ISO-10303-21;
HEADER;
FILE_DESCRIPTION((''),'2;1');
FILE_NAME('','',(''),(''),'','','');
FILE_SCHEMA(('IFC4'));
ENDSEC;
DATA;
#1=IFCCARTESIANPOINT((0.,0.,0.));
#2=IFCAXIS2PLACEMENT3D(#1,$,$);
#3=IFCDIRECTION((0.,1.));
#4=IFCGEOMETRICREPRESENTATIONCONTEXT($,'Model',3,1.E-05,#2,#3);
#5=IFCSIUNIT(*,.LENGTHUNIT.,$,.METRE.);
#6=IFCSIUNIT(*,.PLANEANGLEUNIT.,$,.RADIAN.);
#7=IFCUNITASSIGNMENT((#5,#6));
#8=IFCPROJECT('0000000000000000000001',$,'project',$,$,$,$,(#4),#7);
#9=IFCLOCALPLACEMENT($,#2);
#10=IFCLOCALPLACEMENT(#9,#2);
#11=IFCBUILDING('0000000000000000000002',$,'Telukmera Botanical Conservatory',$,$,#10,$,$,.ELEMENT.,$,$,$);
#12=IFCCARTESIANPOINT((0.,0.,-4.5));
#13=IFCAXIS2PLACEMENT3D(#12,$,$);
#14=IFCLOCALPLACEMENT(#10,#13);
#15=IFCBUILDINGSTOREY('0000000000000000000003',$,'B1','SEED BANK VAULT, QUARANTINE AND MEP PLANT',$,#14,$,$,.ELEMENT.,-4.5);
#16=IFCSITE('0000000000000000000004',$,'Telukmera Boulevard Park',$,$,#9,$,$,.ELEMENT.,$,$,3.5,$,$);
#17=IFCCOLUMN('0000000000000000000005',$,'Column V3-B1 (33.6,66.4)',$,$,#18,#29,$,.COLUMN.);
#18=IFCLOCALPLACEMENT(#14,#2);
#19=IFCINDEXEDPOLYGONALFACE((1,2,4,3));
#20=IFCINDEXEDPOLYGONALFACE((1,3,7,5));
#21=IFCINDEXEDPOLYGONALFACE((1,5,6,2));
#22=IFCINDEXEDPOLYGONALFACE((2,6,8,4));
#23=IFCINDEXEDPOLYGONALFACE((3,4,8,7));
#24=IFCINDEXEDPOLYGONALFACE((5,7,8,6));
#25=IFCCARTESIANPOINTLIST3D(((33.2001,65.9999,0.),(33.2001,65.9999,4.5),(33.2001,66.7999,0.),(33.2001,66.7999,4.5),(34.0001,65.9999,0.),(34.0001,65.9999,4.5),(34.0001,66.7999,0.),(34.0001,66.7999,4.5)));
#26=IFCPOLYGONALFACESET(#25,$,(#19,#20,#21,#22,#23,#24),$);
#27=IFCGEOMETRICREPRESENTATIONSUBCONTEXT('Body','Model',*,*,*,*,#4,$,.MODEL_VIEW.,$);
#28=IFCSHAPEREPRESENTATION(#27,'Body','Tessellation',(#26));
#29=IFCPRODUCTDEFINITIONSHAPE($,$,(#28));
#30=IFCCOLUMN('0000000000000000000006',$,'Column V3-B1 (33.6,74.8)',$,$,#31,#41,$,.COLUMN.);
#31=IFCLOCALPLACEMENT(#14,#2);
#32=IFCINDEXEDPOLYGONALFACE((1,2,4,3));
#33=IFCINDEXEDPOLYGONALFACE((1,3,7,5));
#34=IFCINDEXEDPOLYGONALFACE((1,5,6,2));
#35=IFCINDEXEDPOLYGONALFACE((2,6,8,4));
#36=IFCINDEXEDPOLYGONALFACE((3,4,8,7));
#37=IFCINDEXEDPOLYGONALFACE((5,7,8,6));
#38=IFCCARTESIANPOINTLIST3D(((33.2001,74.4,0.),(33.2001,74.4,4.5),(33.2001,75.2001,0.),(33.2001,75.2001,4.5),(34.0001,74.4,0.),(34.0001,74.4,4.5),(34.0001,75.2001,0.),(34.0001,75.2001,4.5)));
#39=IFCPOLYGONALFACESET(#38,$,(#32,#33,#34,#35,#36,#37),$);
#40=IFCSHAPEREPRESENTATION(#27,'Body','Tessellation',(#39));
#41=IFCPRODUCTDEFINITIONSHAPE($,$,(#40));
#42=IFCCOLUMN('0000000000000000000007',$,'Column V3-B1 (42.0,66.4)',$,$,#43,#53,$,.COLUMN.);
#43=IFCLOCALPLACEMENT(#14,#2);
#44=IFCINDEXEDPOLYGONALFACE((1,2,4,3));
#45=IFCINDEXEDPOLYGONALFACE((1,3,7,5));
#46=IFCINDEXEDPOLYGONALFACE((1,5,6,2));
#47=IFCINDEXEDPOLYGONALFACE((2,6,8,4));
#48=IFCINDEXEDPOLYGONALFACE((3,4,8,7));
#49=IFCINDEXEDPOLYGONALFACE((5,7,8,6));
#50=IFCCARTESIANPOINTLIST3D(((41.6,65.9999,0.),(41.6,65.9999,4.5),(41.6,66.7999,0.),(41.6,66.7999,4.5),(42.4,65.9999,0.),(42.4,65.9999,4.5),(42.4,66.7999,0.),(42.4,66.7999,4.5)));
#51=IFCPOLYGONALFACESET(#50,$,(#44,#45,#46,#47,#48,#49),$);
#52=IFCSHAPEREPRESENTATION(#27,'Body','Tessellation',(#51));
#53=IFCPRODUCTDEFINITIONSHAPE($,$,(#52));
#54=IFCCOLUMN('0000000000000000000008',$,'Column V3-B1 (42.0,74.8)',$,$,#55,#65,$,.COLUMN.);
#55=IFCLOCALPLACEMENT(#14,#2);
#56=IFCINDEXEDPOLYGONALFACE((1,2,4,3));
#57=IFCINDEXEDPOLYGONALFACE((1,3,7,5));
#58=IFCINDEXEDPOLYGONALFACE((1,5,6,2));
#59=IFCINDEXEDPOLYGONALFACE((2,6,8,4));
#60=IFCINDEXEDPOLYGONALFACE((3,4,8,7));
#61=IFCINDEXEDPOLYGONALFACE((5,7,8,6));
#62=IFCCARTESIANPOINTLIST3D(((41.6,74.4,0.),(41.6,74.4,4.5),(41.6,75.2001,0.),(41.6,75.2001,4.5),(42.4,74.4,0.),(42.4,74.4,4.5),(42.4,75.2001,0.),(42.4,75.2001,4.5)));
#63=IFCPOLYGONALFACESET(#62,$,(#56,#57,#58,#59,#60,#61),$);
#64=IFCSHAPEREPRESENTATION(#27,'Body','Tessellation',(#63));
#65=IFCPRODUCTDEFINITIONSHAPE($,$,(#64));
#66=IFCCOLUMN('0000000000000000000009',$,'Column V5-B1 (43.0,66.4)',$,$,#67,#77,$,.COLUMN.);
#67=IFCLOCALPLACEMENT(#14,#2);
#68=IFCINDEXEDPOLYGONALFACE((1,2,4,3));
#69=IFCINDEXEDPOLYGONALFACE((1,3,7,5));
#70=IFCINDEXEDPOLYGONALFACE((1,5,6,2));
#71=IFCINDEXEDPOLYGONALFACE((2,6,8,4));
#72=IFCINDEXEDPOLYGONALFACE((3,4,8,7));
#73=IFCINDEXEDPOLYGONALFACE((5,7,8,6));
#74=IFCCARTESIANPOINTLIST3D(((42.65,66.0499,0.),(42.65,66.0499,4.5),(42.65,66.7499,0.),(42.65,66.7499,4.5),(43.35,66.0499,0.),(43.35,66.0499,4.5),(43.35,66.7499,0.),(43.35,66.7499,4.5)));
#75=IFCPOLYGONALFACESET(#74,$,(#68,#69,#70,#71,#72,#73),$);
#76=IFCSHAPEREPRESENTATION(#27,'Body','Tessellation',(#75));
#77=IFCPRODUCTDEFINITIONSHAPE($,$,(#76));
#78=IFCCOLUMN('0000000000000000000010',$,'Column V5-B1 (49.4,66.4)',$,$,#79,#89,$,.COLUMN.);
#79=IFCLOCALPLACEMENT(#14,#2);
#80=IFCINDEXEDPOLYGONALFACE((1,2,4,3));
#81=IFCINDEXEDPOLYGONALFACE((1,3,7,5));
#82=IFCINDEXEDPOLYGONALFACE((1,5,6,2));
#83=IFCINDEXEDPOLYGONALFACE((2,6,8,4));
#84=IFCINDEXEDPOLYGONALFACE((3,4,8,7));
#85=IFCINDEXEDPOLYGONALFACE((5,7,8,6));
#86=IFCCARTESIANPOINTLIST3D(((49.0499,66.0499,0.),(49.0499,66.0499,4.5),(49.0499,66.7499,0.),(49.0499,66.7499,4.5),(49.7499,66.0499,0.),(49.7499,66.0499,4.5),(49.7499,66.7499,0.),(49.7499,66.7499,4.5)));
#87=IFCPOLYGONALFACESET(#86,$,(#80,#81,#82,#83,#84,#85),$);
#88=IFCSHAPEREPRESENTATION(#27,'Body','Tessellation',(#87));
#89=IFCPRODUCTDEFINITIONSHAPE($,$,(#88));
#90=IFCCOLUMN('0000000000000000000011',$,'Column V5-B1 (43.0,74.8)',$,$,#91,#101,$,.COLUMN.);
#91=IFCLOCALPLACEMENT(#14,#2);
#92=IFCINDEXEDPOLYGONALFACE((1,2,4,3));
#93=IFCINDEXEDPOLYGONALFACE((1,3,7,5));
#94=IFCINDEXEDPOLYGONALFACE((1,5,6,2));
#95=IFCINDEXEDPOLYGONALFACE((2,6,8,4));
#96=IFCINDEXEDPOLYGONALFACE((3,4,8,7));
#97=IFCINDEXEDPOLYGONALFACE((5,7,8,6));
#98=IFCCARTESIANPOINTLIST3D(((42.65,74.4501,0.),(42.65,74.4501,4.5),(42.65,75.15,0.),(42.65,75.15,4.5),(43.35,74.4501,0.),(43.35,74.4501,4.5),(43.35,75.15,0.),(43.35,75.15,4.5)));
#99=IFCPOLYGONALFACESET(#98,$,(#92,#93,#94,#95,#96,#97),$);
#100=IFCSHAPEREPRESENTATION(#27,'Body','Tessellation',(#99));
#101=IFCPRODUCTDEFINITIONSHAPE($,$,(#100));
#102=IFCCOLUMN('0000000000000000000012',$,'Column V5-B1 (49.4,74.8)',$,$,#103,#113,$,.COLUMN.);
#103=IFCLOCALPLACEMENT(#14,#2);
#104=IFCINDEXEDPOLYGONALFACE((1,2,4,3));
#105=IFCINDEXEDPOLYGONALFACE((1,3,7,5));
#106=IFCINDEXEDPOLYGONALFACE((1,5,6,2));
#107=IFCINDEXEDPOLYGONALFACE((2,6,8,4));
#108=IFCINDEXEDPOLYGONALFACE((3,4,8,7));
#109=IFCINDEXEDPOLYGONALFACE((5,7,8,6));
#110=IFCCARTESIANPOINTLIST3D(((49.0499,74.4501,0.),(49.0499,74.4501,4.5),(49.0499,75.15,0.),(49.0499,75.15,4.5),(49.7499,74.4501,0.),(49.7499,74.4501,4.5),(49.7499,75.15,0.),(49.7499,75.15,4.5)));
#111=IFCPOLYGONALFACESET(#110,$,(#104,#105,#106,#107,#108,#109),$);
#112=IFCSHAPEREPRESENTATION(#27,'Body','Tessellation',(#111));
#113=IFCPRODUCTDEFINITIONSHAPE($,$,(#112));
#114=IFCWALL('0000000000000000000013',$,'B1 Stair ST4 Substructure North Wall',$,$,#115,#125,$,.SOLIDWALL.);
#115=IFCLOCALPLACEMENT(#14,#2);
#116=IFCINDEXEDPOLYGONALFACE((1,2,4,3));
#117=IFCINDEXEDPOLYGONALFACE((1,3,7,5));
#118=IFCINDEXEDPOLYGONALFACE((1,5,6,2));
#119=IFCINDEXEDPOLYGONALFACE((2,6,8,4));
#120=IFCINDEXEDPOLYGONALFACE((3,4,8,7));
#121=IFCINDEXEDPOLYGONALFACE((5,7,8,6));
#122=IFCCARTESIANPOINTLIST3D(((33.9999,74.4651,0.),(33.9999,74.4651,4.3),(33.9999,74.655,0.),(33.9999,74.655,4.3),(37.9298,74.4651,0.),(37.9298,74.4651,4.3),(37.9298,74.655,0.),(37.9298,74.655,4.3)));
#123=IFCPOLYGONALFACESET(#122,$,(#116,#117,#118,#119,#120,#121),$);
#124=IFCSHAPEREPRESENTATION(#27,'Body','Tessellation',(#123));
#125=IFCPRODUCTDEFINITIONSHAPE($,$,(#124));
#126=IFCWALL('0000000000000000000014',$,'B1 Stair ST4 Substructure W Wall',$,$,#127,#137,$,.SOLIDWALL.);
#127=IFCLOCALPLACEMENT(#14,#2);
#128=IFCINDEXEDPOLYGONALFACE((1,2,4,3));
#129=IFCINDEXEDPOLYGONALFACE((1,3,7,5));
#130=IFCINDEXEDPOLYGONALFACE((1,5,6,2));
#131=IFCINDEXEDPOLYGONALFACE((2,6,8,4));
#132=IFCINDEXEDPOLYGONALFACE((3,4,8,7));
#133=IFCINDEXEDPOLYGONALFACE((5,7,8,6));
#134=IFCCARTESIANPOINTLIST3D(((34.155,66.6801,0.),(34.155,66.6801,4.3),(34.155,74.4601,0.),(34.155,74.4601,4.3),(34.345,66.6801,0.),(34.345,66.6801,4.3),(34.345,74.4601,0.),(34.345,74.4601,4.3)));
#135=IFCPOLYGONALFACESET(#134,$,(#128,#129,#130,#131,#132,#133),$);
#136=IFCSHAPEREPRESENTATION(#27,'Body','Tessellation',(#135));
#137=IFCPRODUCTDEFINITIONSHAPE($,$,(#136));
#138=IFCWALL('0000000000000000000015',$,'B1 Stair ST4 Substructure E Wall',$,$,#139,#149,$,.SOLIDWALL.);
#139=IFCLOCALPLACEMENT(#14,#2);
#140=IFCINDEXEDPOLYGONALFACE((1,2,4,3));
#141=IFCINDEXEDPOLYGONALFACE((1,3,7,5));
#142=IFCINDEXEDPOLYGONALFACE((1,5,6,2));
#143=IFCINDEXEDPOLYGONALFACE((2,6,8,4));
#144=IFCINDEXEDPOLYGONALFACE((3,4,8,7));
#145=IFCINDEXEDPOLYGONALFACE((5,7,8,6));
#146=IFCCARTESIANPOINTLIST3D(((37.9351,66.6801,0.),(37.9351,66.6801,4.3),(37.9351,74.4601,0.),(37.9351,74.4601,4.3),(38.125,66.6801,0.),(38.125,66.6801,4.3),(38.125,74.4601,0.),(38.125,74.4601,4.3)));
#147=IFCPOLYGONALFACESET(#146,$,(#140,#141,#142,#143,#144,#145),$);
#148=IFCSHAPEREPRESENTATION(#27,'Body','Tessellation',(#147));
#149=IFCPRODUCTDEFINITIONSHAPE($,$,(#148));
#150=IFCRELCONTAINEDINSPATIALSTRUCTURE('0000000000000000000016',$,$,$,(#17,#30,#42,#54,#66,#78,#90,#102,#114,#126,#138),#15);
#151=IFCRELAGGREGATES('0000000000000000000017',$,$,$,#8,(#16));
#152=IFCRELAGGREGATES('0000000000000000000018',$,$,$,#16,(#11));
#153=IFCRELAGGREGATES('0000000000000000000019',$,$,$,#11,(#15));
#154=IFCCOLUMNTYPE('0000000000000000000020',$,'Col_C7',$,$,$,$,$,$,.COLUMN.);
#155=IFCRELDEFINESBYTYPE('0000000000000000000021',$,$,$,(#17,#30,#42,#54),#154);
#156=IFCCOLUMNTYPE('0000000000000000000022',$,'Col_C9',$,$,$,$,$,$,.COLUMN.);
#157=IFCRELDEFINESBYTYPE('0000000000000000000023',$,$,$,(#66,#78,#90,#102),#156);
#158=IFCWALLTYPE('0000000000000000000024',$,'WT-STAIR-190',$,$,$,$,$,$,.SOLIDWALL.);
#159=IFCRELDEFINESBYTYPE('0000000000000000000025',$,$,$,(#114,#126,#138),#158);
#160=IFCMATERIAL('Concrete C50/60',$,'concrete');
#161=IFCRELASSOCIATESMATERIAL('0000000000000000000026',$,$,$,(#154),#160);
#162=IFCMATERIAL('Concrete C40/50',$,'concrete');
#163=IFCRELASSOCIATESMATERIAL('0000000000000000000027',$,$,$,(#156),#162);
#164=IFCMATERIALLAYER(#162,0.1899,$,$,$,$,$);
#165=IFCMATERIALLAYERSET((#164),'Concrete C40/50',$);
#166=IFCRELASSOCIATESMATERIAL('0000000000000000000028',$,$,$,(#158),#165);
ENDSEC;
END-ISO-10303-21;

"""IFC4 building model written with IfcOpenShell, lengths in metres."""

from ifc_helpers import new_model, si_unit, direction, frame, frame_2d, origin, origin_2d, place, context, subcontext, project, spatial, rectangle, extrude, material, layer, layer_set, material_profile, profile_set, type_object, element, save


model = new_model("IFC4")

# Units and contexts
model_context = context("Model", 3, precision=1e-05, world=origin(), true_north=direction((0.0, 1.0)))
body_context = subcontext(model_context, "Body", "Model", "MODEL_VIEW")
ifc_project = project(units=[si_unit("LENGTHUNIT", "METRE"), si_unit("PLANEANGLEUNIT", "RADIAN")], contexts=[model_context])

# Site, building, storey
site_placement = place(None, origin())
site = spatial("IfcSite", under=ifc_project, at=site_placement, Name="Telukmera Boulevard Park", CompositionType="ELEMENT", RefElevation=3.5)
building_placement = place(site_placement, origin())
building = spatial("IfcBuilding", under=site, at=building_placement, Name="Telukmera Botanical Conservatory", CompositionType="ELEMENT")
storey_placement = place(building_placement, frame((0.0, 0.0, -4.5)))
storey = spatial("IfcBuildingStorey", under=building, at=storey_placement, Name="B1", Description="SEED BANK VAULT, QUARANTINE AND MEP PLANT", CompositionType="ELEMENT", Elevation=-4.5)

# Shared definitions
ifc_material_1 = material(Name="Concrete C50/60", Category="concrete")
ifc_material_2 = material(Name="Concrete C40/50", Category="concrete")

# Columns
ifc_material_profile_1 = material_profile(ifc_material_1, rectangle(XDim=0.8, YDim=0.8, at=origin_2d()), Name="RC 800x800")
ifc_profile_set_1 = profile_set([ifc_material_profile_1], Name="Concrete C50/60")
column_type_1 = type_object("IfcColumnType", Name="Col_C7", PredefinedType="COLUMN", material=ifc_profile_set_1)
for number, where, z_axis, x_axis, name in (
    (1, (33.6001, 66.3999, 0.0), (0.0, 0.0, 1.0), (1.0, 0.0, 0.0), "Column V3-B1 (33.6,66.4)"),
    (2, (33.6001, 74.8, 0.0), (0.0, 0.0, 1.0), (1.0, 0.0, 0.0), "Column V3-B1 (33.6,74.8)"),
    (3, (42.0, 66.3999, 0.0), (0.0, 0.0, 1.0), (1.0, 0.0, 0.0), "Column V3-B1 (42.0,66.4)"),
    (4, (42.0, 74.8, 0.0), (0.0, 0.0, 1.0), (1.0, 0.0, 0.0), "Column V3-B1 (42.0,74.8)"),
):
    element("IfcColumn", number, at=place(storey_placement, frame(where, z_axis=z_axis, x_axis=x_axis)), inside=storey, type_object=column_type_1, Name=name, PredefinedType="COLUMN", context=body_context, shape_type="SweptSolid", body=[
        extrude(rectangle(XDim=0.8, YDim=0.8, at=origin_2d()), origin(), (0.0, 0.0, 1.0), 4.5),
    ])
ifc_material_profile_2 = material_profile(ifc_material_2, rectangle(XDim=0.7, YDim=0.7, at=origin_2d()), Name="RC 700x700")
ifc_profile_set_2 = profile_set([ifc_material_profile_2], Name="Concrete C40/50")
column_type_2 = type_object("IfcColumnType", Name="Col_C9", PredefinedType="COLUMN", material=ifc_profile_set_2)
for number, where, z_axis, x_axis, name in (
    (5, (43.0, 66.3999, 0.0), (0.0, 0.0, 1.0), (1.0, 0.0, 0.0), "Column V5-B1 (43.0,66.4)"),
    (6, (49.3999, 66.3999, 0.0), (0.0, 0.0, 1.0), (1.0, 0.0, 0.0), "Column V5-B1 (49.4,66.4)"),
    (7, (43.0, 74.8, 0.0), (0.0, 0.0, 1.0), (1.0, 0.0, 0.0), "Column V5-B1 (43.0,74.8)"),
    (8, (49.3999, 74.8, 0.0), (0.0, 0.0, 1.0), (1.0, 0.0, 0.0), "Column V5-B1 (49.4,74.8)"),
):
    element("IfcColumn", number, at=place(storey_placement, frame(where, z_axis=z_axis, x_axis=x_axis)), inside=storey, type_object=column_type_2, Name=name, PredefinedType="COLUMN", context=body_context, shape_type="SweptSolid", body=[
        extrude(rectangle(XDim=0.7, YDim=0.7, at=origin_2d()), origin(), (0.0, 0.0, 1.0), 4.5),
    ])

# Walls
ifc_layer = layer(ifc_material_2, 0.1899)
ifc_layer_set = layer_set([ifc_layer], Name="Concrete C40/50")
wall_type = type_object("IfcWallType", Name="WT-STAIR-190", PredefinedType="SOLIDWALL", material=ifc_layer_set)
wall_placement = place(storey_placement, frame((34.0, 74.5601, 0.0), z_axis=(0.0, 0.0, 1.0), x_axis=(1.0, 0.0, 0.0)))
element("IfcWall", 9, at=wall_placement, inside=storey, type_object=wall_type, Name="B1 Stair ST4 Substructure North Wall", PredefinedType="SOLIDWALL", context=body_context, shape_type="SweptSolid", body=[
    extrude(rectangle(XDim=3.9299, YDim=0.1899, at=frame_2d((1.9648, 0.0))), origin(), (0.0, 0.0, 1.0), 4.3),
])
for number, where, z_axis, x_axis, name in (
    (10, (34.25, 66.6799, 0.0), (0.0, 0.0, 1.0), (0.0, 1.0, 0.0), "B1 Stair ST4 Substructure W Wall"),
    (11, (38.03, 66.6799, 0.0), (0.0, 0.0, 1.0), (0.0, 1.0, 0.0), "B1 Stair ST4 Substructure E Wall"),
):
    element("IfcWall", number, at=place(storey_placement, frame(where, z_axis=z_axis, x_axis=x_axis)), inside=storey, type_object=wall_type, Name=name, PredefinedType="SOLIDWALL", context=body_context, shape_type="SweptSolid", body=[
        extrude(rectangle(XDim=7.78, YDim=0.1899, at=frame_2d((3.8901, 0.0))), origin(), (0.0, 0.0, 1.0), 4.3),
    ])

save(model, "model.ifc")
